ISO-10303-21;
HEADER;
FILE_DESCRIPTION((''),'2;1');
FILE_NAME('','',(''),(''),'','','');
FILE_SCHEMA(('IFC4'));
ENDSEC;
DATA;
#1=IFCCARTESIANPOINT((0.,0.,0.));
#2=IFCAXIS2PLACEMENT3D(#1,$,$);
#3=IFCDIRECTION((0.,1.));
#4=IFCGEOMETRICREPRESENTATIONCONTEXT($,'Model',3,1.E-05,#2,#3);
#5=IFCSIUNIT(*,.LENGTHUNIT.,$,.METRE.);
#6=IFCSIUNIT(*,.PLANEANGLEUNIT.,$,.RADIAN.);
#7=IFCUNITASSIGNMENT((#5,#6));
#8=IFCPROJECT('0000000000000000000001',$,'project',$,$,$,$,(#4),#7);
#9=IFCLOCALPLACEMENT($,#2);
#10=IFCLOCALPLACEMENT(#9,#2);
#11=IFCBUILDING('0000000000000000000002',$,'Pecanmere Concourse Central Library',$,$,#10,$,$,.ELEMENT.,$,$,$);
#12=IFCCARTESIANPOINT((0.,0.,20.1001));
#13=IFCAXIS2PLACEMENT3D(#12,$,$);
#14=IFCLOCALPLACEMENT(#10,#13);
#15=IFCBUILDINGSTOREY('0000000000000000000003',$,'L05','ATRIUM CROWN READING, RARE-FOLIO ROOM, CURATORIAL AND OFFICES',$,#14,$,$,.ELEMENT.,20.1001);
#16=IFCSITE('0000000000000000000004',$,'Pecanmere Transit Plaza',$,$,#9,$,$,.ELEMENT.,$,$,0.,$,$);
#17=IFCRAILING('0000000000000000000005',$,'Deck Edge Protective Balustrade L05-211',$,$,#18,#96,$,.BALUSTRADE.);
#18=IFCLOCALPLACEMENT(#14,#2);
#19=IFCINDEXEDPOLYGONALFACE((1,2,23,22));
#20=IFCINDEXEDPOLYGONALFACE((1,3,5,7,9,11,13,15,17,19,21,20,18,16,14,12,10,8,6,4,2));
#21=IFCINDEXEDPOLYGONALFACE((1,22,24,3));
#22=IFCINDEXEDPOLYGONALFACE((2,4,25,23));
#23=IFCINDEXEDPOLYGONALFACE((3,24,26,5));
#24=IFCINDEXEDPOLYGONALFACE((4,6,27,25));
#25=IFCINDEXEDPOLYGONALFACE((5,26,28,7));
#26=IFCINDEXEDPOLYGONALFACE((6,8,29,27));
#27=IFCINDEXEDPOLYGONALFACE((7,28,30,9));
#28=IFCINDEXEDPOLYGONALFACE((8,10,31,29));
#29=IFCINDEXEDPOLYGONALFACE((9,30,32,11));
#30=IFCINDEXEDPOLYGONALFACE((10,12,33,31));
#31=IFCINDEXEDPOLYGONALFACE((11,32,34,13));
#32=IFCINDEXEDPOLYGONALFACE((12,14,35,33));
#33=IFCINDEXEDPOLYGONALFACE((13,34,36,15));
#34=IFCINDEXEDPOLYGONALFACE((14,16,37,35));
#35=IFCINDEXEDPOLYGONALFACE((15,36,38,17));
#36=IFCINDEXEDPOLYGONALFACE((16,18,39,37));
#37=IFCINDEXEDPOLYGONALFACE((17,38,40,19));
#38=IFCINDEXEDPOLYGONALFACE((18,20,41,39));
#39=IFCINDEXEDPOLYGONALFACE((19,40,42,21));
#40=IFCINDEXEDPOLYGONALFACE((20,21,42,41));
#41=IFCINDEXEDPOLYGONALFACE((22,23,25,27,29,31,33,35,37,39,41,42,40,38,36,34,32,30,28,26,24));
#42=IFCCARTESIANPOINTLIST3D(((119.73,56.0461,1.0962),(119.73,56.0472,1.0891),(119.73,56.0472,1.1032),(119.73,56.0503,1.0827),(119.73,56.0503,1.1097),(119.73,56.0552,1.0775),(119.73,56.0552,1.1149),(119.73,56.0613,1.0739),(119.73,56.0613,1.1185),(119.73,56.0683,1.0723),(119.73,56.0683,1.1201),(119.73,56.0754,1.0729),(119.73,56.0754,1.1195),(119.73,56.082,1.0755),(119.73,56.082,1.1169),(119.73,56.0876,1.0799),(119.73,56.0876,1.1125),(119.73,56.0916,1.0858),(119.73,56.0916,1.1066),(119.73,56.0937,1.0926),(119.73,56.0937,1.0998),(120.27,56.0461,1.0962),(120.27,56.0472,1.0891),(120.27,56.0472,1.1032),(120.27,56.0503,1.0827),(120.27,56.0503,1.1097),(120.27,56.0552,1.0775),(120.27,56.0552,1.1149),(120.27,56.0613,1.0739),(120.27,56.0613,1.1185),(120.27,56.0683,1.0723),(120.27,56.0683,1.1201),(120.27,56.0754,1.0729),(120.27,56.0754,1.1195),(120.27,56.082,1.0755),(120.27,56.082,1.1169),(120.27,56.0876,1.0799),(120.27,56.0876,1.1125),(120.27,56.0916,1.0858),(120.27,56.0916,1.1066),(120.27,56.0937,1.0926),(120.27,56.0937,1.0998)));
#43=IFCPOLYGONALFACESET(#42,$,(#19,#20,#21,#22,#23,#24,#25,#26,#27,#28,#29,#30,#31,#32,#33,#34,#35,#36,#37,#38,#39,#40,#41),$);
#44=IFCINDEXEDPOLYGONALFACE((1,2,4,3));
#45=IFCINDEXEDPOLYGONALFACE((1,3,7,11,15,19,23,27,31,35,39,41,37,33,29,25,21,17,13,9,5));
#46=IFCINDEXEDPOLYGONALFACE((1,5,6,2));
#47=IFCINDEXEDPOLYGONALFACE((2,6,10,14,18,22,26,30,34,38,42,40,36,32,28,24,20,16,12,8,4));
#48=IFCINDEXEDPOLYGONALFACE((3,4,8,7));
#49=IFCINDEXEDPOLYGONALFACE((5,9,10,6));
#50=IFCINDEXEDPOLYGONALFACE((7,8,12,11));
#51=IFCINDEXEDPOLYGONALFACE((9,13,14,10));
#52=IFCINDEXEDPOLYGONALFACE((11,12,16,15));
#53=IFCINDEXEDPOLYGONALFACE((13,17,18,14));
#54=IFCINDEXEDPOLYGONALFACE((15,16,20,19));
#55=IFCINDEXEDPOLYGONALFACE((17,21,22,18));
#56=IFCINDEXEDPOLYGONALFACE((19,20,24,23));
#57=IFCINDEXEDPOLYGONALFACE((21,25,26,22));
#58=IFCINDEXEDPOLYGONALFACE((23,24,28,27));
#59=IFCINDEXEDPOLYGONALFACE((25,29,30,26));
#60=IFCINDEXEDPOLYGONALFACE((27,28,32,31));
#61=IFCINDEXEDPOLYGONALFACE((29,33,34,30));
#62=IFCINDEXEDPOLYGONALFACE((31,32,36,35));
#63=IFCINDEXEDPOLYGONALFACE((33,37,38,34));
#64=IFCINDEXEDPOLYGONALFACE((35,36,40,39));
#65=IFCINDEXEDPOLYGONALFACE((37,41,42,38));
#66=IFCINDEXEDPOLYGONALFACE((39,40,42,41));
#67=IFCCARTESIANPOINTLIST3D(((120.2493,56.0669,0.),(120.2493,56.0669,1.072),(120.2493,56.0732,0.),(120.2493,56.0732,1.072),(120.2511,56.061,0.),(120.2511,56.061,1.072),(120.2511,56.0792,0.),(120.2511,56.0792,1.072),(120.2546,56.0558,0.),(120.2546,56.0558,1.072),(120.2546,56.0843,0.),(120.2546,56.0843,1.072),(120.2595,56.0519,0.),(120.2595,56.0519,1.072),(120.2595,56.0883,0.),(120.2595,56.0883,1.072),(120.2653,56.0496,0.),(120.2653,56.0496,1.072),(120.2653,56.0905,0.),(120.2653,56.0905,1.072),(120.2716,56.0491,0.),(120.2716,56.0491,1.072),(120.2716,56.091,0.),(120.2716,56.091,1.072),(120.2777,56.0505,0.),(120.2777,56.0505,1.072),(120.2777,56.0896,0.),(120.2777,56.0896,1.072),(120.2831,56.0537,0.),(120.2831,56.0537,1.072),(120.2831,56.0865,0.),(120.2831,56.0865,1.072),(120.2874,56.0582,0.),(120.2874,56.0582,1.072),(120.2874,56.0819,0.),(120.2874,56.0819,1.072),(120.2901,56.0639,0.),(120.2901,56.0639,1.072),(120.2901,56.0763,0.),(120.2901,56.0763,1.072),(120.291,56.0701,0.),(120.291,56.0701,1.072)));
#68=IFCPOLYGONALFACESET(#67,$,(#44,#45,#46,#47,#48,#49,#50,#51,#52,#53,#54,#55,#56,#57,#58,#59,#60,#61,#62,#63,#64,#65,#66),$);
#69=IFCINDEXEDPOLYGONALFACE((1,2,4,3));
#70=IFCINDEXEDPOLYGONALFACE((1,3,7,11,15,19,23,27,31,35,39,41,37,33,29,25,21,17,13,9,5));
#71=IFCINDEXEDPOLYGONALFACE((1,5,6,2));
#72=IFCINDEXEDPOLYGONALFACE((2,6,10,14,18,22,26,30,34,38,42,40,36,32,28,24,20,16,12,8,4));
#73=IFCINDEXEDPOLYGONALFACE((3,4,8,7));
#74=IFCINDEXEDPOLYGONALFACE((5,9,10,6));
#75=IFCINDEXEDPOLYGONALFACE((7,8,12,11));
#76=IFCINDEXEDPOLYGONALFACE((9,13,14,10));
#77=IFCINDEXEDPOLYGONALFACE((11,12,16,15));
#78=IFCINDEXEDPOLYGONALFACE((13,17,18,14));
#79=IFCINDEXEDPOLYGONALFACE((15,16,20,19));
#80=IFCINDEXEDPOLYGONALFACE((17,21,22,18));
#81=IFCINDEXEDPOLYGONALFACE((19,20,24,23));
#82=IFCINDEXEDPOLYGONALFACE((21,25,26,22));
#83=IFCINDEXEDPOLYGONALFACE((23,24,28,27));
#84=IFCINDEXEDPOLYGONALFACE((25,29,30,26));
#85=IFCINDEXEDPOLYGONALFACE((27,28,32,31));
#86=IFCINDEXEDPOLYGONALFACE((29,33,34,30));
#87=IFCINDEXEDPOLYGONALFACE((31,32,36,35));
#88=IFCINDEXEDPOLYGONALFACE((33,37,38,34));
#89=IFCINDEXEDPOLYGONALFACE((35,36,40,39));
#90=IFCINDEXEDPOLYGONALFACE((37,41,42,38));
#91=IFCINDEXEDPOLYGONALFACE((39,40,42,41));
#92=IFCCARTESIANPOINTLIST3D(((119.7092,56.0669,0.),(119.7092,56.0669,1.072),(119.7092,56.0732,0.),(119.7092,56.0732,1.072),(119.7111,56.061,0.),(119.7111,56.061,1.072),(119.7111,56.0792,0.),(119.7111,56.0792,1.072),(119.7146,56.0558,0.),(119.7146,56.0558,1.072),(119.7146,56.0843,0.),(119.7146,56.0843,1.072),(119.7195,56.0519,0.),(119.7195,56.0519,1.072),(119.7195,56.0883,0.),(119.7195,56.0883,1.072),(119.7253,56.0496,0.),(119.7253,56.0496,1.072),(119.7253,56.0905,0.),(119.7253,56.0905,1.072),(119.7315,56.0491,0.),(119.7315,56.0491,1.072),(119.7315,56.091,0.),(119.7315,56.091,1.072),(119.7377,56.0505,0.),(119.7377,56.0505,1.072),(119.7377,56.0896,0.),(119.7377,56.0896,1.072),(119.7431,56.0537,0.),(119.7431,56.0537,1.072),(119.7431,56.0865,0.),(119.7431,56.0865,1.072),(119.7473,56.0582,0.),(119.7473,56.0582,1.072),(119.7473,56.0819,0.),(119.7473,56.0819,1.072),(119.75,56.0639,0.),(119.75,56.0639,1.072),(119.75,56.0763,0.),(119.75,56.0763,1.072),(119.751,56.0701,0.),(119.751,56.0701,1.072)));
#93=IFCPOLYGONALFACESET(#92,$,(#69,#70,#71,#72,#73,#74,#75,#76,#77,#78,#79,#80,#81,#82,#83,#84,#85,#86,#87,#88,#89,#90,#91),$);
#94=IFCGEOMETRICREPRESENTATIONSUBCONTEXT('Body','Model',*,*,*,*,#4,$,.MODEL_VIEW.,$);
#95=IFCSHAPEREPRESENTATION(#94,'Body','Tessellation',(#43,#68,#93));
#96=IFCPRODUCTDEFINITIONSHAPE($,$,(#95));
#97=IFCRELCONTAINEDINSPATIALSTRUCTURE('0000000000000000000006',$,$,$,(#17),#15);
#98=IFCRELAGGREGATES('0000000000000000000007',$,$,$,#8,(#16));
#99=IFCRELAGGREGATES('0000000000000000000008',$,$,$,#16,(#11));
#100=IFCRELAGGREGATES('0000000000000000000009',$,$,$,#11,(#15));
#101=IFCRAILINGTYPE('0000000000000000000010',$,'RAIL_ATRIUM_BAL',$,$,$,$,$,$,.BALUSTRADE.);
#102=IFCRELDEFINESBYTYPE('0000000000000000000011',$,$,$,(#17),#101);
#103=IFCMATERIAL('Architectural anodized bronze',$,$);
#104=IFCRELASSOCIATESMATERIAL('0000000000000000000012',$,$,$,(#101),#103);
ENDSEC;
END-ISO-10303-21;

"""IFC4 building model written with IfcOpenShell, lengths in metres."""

from ifc_helpers import new_model, si_unit, direction, frame, origin, origin_2d, place, context, subcontext, project, spatial, circle, extrude, material, type_object, element, save


model = new_model("IFC4")

# Units and contexts
model_context = context("Model", 3, precision=1e-05, world=origin(), true_north=direction((0.0, 1.0)))
body_context = subcontext(model_context, "Body", "Model", "MODEL_VIEW")
ifc_project = project(units=[si_unit("LENGTHUNIT", "METRE"), si_unit("PLANEANGLEUNIT", "RADIAN")], contexts=[model_context])

# Site, building, storey
site_placement = place(None, origin())
site = spatial("IfcSite", under=ifc_project, at=site_placement, Name="Pecanmere Transit Plaza", CompositionType="ELEMENT", RefElevation=0.0)
building_placement = place(site_placement, origin())
building = spatial("IfcBuilding", under=site, at=building_placement, Name="Pecanmere Concourse Central Library", CompositionType="ELEMENT")
storey_placement = place(building_placement, frame((0.0, 0.0, 20.1001)))
storey = spatial("IfcBuildingStorey", under=building, at=storey_placement, Name="L05", Description="ATRIUM CROWN READING, RARE-FOLIO ROOM, CURATORIAL AND OFFICES", CompositionType="ELEMENT", Elevation=20.1001)

# Railing
ifc_material_1 = material(Name="Architectural anodized bronze")
railing_type = type_object("IfcRailingType", Name="RAIL_ATRIUM_BAL", PredefinedType="BALUSTRADE", material=ifc_material_1)
railing_1_placement = place(storey_placement, frame((120.27, 56.0701, 0.0)))
element("IfcRailing", 1, at=railing_1_placement, inside=storey, type_object=railing_type, Name="Deck Edge Protective Balustrade L05-211", PredefinedType="BALUSTRADE", context=body_context, shape_type="SweptSolid", body=[
    extrude(circle(Radius=0.0239, at=origin_2d()), frame((0.0, 0.0, 1.0962), z_axis=(-1.0, 0.0, 0.0), x_axis=(0.0, -1.0, 0.0)), (0.0, 0.0, 1.0), 0.54),
    extrude(circle(Radius=0.021, at=origin_2d()), origin(), (0.0, 0.0, 1.0), 1.072),
    extrude(circle(Radius=0.021, at=origin_2d()), frame((-0.54, 0.0, 0.0)), (0.0, 0.0, 1.0), 1.072),
])

save(model, "model.ifc")
